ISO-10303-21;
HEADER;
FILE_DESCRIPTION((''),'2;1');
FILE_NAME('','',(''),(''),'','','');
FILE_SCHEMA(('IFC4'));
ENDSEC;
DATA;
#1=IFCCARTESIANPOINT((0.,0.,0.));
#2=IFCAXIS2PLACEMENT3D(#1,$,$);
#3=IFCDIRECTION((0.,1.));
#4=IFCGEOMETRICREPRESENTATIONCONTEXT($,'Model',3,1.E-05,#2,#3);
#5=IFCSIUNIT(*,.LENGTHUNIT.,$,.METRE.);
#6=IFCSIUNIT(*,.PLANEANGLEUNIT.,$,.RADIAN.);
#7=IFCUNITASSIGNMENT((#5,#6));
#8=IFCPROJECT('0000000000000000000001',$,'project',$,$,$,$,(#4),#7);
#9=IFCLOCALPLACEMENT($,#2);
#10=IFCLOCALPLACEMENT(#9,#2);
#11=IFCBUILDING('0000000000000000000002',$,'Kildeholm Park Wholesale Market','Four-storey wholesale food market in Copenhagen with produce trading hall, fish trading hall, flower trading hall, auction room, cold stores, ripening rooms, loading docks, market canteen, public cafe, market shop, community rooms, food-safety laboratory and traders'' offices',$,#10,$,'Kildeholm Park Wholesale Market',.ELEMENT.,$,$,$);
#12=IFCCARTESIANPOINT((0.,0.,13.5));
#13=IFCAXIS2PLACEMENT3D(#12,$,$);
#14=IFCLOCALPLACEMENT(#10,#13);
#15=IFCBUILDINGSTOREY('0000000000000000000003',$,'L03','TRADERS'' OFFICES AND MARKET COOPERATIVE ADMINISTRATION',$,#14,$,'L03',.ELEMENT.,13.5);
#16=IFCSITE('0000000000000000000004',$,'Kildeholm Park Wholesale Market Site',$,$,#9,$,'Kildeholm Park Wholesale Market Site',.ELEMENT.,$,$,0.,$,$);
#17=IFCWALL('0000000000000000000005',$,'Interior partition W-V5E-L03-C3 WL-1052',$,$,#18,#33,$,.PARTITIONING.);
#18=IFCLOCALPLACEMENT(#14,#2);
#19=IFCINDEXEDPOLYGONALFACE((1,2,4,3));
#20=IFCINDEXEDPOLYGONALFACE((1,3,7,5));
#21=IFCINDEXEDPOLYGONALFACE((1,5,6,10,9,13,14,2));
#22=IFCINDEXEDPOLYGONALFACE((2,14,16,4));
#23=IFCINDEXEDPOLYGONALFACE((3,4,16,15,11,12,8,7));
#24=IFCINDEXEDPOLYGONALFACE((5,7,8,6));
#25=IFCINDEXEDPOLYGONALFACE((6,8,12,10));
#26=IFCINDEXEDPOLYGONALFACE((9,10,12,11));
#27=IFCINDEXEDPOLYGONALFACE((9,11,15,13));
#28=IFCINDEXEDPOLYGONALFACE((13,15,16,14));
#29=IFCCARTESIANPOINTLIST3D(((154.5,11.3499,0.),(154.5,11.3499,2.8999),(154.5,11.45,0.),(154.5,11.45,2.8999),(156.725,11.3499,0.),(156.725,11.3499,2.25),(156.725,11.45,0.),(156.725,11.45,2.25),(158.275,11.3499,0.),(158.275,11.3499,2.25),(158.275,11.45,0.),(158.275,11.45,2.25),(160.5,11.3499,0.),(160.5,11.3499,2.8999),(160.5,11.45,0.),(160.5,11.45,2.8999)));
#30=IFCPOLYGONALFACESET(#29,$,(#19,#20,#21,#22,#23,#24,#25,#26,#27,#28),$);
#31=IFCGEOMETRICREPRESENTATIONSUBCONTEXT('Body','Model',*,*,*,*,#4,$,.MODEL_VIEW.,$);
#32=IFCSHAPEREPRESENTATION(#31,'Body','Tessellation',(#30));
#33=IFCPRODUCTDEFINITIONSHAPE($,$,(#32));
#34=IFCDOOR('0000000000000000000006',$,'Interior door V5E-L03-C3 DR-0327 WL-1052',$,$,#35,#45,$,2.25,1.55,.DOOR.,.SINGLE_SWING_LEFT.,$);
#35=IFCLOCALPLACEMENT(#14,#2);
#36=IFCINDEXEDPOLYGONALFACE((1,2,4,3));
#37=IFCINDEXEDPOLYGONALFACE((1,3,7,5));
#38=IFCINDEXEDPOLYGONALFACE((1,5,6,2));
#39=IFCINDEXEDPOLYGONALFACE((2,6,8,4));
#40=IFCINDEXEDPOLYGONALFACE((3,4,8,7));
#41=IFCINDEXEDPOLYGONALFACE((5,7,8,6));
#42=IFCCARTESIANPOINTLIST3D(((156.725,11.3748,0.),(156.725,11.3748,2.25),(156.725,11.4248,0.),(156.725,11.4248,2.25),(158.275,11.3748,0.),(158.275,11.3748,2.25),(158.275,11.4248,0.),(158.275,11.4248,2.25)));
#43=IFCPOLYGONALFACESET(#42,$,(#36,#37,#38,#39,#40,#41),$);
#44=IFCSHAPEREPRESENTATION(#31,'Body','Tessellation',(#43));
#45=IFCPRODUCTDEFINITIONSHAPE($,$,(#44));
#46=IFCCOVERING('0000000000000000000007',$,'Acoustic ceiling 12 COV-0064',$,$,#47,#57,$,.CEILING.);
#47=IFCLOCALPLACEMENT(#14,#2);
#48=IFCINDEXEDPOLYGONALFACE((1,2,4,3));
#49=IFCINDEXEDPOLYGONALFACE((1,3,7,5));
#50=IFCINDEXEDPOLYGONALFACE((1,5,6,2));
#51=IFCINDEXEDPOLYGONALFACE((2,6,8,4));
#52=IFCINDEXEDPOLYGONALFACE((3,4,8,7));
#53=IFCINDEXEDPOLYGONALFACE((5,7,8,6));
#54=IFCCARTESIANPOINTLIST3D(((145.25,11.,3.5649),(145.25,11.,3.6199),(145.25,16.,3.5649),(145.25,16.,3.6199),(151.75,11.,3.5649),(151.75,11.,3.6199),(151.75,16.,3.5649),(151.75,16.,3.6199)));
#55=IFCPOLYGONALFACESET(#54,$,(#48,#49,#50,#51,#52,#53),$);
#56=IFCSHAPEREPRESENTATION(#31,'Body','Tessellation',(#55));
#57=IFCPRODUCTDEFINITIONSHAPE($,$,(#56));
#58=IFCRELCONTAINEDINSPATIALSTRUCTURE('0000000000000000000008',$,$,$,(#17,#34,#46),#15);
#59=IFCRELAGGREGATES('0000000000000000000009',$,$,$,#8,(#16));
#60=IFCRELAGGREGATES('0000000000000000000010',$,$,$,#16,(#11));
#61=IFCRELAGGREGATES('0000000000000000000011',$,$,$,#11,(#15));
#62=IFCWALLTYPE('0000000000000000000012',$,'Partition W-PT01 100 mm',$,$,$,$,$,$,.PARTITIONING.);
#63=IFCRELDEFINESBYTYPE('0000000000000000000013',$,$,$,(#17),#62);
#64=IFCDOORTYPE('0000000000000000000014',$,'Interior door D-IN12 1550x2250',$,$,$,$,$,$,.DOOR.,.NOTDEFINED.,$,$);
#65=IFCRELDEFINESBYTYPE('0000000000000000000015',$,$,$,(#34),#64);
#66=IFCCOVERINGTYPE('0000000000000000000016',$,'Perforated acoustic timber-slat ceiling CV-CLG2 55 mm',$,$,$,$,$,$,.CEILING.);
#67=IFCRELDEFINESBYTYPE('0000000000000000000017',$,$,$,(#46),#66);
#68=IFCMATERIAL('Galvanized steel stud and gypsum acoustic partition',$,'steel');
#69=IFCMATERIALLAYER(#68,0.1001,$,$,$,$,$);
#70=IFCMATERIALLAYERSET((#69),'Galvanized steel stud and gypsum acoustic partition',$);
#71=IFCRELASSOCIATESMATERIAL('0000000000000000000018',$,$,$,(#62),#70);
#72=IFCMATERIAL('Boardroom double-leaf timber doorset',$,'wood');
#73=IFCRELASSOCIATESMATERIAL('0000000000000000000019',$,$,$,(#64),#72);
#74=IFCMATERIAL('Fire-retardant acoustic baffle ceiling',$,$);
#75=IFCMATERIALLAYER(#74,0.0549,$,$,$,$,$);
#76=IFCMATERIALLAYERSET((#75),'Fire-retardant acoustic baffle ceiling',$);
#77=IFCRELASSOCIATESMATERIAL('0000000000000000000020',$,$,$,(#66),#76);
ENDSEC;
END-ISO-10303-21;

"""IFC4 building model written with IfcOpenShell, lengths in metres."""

from ifc_helpers import new_model, si_unit, direction, frame, frame_2d, origin, origin_2d, place, context, subcontext, project, spatial, rectangle, extrude, material, layer, layer_set, type_object, element, fill, save


model = new_model("IFC4")

# Units and contexts
model_context = context("Model", 3, precision=1e-05, world=origin(), true_north=direction((0.0, 1.0)))
body_context = subcontext(model_context, "Body", "Model", "MODEL_VIEW")
ifc_project = project(units=[si_unit("LENGTHUNIT", "METRE"), si_unit("PLANEANGLEUNIT", "RADIAN")], contexts=[model_context])

# Site, building, storey
site_placement = place(None, origin())
site = spatial("IfcSite", under=ifc_project, at=site_placement, Name="Kildeholm Park Wholesale Market Site", LongName="Kildeholm Park Wholesale Market Site", CompositionType="ELEMENT", RefElevation=0.0)
building_placement = place(site_placement, origin())
building = spatial("IfcBuilding", under=site, at=building_placement, Name="Kildeholm Park Wholesale Market", Description="Four-storey wholesale food market in Copenhagen with produce trading hall, fish trading hall, flower trading hall, auction room, cold stores, ripening rooms, loading docks, market canteen, public cafe, market shop, community rooms, food-safety laboratory and traders' offices", LongName="Kildeholm Park Wholesale Market", CompositionType="ELEMENT")
storey_placement = place(building_placement, frame((0.0, 0.0, 13.5)))
storey = spatial("IfcBuildingStorey", under=building, at=storey_placement, Name="L03", Description="TRADERS' OFFICES AND MARKET COOPERATIVE ADMINISTRATION", LongName="L03", CompositionType="ELEMENT", Elevation=13.5)

# Wall, opening, door
ifc_material_1 = material(Name="Galvanized steel stud and gypsum acoustic partition", Category="steel")
ifc_layer_1 = layer(ifc_material_1, 0.1001)
ifc_layer_set_1 = layer_set([ifc_layer_1], Name="Galvanized steel stud and gypsum acoustic partition")
wall_type_1 = type_object("IfcWallType", Name="Partition W-PT01 100 mm", PredefinedType="PARTITIONING", material=ifc_layer_set_1)
wall_1_placement = place(storey_placement, frame((154.5, 11.3999, 0.0), z_axis=(0.0, 0.0, 1.0), x_axis=(1.0, 0.0, 0.0)))
wall_1 = element("IfcWall", 1, at=wall_1_placement, inside=storey, type_object=wall_type_1, Name="Interior partition W-V5E-L03-C3 WL-1052", PredefinedType="PARTITIONING", context=body_context, shape_type="SweptSolid", body=[
    extrude(rectangle(XDim=6.0, YDim=0.1001, at=frame_2d((3.0, 0.0))), origin(), (0.0, 0.0, 1.0), 2.8999),
])
opening_1_placement = place(wall_1_placement, frame((2.2251, 0.0, 0.0)))
opening_1 = element("IfcOpeningElement", 2, at=opening_1_placement, cuts=wall_1, PredefinedType="OPENING", context=body_context, shape_type="SweptSolid", body=[
    extrude(rectangle(XDim=1.55, YDim=2.25, at=frame_2d((0.7749, 1.125))), frame((0.0, 0.0601, 0.0), z_axis=(0.0, -1.0, 0.0), x_axis=(1.0, 0.0, 0.0)), (0.0, 0.0, 1.0), 0.1201),
])
ifc_material_2 = material(Name="Boardroom double-leaf timber doorset", Category="wood")
door_type_1 = type_object("IfcDoorType", Name="Interior door D-IN12 1550x2250", OperationType="NOTDEFINED", PredefinedType="DOOR", material=ifc_material_2)
door_1_placement = place(opening_1_placement, origin())
door_1 = element("IfcDoor", 3, at=door_1_placement, inside=storey, type_object=door_type_1, Name="Interior door V5E-L03-C3 DR-0327 WL-1052", OperationType="SINGLE_SWING_LEFT", OverallHeight=2.25, OverallWidth=1.55, PredefinedType="DOOR", context=body_context, shape_type="SweptSolid", body=[
    extrude(rectangle(XDim=1.55, YDim=2.25, at=frame_2d((0.7749, 1.125))), frame((0.0, 0.0249, 0.0), z_axis=(0.0, -1.0, 0.0), x_axis=(1.0, 0.0, 0.0)), (0.0, 0.0, 1.0), 0.05),
])
fill(opening_1, door_1)

# Covering
ifc_material_3 = material(Name="Fire-retardant acoustic baffle ceiling")
ifc_layer_2 = layer(ifc_material_3, 0.0549)
ifc_layer_set_2 = layer_set([ifc_layer_2], Name="Fire-retardant acoustic baffle ceiling")
covering_type = type_object("IfcCoveringType", Name="Perforated acoustic timber-slat ceiling CV-CLG2 55 mm", PredefinedType="CEILING", material=ifc_layer_set_2)
covering_placement = place(storey_placement, frame((148.5, 13.5, 3.5649), z_axis=(0.0, 0.0, 1.0), x_axis=(1.0, 0.0, 0.0)))
element("IfcCovering", 4, at=covering_placement, inside=storey, type_object=covering_type, Name="Acoustic ceiling 12 COV-0064", PredefinedType="CEILING", context=body_context, shape_type="SweptSolid", body=[
    extrude(rectangle(XDim=6.5, YDim=5.0, at=origin_2d()), origin(), (0.0, 0.0, 1.0), 0.0549),
])

save(model, "model.ifc")
